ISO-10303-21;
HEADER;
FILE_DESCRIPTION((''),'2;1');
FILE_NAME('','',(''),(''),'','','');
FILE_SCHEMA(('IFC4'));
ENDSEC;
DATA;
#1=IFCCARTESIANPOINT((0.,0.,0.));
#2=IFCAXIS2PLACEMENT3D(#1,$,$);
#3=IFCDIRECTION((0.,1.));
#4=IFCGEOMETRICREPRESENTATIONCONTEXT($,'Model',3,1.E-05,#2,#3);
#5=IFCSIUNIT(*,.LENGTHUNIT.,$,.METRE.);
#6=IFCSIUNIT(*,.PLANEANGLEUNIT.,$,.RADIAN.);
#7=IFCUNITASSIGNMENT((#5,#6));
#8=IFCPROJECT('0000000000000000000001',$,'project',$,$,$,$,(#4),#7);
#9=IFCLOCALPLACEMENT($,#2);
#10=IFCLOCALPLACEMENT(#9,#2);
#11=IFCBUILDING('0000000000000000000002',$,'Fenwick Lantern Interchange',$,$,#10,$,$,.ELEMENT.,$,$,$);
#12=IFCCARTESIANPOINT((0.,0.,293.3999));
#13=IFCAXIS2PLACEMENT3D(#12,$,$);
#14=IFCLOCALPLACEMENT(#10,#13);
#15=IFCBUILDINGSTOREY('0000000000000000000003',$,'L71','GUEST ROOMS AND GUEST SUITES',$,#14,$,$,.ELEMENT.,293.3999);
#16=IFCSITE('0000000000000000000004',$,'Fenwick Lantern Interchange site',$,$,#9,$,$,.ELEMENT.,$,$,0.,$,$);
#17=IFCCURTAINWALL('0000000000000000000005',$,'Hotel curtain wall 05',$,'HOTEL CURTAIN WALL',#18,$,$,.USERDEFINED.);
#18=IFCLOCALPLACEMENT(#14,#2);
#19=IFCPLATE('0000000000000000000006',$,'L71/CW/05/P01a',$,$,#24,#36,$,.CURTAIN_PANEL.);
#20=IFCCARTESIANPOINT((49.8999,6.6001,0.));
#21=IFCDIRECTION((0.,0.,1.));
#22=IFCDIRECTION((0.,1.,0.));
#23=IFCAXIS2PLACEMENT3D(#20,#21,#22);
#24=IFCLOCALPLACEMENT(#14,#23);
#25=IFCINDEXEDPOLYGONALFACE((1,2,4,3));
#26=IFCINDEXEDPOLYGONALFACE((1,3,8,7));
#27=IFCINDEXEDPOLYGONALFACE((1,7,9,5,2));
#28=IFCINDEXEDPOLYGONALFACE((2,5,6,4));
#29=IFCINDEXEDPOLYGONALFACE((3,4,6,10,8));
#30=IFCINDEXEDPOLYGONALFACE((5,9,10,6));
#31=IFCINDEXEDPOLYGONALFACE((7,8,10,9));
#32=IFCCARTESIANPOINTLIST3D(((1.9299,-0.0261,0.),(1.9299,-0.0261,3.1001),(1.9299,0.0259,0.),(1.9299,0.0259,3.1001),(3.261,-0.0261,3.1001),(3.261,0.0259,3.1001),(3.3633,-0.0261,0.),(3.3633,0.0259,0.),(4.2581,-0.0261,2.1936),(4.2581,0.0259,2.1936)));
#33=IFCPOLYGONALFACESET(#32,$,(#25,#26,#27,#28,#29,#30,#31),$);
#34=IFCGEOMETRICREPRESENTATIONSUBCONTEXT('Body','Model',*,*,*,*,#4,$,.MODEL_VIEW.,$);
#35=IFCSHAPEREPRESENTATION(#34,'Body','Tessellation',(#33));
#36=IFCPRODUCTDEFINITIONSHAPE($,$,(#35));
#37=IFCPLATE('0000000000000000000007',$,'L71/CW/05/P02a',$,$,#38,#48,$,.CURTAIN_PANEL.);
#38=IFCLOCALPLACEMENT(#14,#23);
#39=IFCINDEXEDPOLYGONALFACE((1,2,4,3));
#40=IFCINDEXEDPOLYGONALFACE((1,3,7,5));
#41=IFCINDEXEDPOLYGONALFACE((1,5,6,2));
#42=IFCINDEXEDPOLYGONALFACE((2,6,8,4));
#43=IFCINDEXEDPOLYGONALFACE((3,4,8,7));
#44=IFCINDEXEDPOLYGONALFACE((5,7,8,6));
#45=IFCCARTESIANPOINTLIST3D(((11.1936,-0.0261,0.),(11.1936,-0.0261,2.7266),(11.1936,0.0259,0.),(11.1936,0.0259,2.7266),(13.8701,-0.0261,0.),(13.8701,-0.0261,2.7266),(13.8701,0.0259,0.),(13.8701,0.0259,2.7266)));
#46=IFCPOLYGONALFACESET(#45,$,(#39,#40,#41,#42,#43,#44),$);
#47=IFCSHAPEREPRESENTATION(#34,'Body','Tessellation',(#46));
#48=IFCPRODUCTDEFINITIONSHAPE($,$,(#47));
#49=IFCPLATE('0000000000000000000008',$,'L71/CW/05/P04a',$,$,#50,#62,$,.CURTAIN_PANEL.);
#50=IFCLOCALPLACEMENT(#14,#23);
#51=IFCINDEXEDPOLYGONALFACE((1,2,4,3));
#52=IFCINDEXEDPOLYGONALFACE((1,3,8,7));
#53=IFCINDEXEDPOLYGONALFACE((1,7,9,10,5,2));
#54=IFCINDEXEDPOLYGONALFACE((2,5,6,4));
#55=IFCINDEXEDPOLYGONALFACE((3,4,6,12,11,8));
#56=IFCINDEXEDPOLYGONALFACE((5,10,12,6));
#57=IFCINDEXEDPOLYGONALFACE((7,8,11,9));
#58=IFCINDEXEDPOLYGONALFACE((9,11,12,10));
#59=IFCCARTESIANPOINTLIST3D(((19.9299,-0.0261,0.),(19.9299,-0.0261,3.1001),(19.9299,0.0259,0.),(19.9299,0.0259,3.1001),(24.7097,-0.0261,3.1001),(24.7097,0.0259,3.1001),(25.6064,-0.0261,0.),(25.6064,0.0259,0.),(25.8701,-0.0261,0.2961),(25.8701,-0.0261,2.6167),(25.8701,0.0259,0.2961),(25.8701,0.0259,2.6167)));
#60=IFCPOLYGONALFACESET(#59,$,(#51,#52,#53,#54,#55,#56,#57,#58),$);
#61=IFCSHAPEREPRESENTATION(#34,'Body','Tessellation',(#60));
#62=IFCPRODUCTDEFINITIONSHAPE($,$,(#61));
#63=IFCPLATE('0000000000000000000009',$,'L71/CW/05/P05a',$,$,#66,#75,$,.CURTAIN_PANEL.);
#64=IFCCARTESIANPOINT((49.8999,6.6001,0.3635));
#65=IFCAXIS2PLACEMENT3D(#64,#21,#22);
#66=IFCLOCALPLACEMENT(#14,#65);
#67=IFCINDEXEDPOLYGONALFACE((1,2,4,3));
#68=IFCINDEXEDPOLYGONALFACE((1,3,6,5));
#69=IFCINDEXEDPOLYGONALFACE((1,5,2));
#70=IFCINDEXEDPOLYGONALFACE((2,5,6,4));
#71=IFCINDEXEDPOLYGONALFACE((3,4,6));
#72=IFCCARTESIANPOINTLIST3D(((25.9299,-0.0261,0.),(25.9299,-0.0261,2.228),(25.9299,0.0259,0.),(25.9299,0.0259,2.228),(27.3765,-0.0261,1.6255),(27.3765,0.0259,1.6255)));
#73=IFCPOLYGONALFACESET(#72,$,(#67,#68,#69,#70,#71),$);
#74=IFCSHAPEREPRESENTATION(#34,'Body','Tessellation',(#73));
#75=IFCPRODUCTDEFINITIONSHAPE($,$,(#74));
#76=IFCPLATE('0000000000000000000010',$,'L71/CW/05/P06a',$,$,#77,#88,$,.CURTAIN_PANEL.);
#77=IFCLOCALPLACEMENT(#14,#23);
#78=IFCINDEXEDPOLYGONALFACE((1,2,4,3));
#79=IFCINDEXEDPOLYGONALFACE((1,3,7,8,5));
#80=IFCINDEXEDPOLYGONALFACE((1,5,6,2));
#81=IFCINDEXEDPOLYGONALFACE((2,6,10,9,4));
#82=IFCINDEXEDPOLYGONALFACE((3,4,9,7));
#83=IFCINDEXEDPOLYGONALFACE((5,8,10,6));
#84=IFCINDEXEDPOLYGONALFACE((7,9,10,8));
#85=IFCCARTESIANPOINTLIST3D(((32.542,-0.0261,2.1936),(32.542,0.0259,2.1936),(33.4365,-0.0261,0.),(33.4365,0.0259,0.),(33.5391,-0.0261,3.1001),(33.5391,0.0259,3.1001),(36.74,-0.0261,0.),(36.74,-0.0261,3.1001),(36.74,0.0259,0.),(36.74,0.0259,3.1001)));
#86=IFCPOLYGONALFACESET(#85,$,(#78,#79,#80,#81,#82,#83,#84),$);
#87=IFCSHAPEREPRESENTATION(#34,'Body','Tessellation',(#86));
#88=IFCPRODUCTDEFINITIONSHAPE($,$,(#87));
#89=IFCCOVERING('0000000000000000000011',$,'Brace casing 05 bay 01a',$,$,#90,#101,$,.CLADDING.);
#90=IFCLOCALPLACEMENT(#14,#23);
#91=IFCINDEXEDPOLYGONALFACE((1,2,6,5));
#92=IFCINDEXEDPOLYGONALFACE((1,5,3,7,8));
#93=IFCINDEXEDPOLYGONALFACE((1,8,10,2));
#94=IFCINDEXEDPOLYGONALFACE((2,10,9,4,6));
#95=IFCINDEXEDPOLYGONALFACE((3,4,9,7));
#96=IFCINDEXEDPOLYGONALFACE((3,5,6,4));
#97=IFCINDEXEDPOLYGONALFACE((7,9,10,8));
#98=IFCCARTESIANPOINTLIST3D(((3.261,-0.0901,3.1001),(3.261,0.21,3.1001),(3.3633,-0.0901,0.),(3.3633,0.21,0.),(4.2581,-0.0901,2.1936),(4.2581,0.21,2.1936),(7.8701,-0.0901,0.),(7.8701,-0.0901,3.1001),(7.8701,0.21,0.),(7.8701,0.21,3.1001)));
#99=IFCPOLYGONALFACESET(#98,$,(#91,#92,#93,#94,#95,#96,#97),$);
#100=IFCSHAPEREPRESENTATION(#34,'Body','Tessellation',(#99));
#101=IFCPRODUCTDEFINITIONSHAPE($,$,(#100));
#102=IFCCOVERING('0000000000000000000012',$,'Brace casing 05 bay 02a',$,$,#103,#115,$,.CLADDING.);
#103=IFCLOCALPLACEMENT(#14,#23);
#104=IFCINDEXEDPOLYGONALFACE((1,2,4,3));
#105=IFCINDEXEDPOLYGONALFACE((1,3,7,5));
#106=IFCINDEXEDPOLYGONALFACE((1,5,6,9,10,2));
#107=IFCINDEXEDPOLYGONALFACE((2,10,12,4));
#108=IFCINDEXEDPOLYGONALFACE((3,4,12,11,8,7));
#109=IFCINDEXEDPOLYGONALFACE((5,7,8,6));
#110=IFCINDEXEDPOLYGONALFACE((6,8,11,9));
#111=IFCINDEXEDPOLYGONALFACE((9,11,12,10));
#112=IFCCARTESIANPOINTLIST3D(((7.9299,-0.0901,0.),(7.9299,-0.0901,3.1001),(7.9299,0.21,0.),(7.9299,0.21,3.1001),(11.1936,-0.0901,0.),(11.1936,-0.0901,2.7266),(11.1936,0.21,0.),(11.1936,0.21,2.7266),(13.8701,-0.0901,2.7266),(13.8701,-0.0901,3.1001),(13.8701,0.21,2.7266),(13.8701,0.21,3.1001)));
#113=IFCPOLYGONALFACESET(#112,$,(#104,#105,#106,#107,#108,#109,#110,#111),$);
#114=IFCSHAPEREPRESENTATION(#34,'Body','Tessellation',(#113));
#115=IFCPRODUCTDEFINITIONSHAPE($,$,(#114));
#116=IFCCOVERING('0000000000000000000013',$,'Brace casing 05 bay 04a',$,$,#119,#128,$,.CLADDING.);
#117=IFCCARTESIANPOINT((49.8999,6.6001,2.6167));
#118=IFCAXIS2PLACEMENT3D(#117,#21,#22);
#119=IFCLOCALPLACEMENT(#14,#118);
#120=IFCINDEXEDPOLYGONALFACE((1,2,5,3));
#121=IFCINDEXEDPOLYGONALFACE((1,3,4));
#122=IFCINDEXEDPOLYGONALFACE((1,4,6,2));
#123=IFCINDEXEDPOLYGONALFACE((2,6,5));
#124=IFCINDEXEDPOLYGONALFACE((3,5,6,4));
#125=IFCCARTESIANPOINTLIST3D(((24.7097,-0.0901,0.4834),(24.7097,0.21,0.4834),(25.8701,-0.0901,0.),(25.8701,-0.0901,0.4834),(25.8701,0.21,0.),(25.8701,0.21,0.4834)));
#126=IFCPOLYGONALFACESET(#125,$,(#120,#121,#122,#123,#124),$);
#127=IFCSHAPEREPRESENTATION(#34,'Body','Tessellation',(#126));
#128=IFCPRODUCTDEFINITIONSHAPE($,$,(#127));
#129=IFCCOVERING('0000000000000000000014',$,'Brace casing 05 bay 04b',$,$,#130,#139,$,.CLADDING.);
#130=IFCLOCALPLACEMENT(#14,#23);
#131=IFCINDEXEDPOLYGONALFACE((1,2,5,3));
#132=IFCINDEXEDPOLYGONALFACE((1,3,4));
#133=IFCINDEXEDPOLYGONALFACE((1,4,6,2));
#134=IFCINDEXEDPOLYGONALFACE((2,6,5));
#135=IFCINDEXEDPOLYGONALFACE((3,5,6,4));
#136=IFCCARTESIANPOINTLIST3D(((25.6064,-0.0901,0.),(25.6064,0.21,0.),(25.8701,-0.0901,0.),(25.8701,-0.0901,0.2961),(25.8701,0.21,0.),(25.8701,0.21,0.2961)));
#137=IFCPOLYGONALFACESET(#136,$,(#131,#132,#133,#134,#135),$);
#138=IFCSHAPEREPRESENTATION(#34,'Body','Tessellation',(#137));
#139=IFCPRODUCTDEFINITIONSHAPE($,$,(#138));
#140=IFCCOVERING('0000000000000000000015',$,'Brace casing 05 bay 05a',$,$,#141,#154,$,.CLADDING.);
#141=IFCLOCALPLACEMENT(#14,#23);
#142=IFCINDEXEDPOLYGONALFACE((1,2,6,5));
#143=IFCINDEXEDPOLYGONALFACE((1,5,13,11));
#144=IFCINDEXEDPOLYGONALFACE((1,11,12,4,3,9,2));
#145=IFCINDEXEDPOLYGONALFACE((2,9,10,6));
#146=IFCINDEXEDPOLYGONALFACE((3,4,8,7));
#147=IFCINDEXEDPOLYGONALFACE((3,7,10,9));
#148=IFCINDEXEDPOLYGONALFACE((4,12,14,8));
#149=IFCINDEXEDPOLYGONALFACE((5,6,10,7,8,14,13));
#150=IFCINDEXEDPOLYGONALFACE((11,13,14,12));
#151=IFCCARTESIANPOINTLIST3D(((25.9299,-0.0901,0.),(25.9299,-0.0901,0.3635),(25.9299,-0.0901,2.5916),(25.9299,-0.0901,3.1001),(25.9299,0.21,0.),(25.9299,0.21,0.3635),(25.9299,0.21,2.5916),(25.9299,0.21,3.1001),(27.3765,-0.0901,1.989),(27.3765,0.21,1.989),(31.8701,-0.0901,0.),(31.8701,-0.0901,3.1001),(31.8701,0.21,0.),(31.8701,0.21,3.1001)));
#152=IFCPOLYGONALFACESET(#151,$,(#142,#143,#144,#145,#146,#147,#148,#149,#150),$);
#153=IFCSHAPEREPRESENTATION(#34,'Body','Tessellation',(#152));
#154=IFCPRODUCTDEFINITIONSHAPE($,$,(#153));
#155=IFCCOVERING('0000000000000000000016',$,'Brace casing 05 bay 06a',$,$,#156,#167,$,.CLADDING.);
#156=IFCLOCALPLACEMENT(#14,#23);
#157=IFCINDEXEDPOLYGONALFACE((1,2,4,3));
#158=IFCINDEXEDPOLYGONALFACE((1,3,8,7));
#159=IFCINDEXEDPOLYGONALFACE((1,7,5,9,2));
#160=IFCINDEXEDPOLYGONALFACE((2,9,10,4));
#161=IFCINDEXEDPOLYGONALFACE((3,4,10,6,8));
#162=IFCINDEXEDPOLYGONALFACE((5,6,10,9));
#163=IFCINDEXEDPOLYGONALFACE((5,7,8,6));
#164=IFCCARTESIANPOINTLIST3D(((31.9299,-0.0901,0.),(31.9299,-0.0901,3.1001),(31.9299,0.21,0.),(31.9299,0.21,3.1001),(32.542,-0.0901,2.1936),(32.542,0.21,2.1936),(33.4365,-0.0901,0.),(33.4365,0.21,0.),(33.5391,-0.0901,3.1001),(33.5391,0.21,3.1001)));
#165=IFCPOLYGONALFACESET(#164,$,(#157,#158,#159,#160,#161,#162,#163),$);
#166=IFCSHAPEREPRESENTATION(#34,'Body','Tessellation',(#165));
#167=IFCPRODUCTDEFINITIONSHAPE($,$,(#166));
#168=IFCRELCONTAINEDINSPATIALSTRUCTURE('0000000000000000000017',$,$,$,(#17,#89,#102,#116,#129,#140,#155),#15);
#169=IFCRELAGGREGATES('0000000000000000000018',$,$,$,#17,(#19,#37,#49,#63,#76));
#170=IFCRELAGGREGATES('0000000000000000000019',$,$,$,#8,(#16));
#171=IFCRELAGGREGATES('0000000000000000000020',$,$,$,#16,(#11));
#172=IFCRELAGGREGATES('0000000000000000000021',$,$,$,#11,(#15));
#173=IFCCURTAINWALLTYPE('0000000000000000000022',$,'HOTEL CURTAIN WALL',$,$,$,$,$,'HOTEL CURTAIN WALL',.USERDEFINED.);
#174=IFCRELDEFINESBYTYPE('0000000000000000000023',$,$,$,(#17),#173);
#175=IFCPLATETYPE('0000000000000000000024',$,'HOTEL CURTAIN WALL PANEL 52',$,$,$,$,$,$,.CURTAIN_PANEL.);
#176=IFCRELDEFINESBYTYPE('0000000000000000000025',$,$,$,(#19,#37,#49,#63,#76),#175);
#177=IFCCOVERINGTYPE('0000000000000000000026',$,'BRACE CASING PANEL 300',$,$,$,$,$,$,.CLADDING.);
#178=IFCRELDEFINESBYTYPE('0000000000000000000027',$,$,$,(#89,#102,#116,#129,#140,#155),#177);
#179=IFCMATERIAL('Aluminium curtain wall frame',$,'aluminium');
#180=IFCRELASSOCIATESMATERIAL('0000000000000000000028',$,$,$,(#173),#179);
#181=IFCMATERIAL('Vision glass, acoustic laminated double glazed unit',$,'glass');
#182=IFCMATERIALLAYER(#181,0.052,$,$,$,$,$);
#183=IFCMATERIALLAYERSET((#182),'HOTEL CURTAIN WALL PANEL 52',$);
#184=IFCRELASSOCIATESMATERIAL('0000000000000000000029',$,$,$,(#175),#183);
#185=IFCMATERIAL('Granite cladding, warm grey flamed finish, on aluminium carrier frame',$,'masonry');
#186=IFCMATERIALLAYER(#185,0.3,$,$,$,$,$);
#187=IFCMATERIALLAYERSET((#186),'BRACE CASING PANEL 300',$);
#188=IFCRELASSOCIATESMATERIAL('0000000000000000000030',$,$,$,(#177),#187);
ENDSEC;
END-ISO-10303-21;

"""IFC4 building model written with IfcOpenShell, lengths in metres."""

from ifc_helpers import new_model, si_unit, direction, frame, origin, place, context, subcontext, project, spatial, polyline, outline, extrude, material, layer, layer_set, type_object, element, aggregate, save


model = new_model("IFC4")

# Units and contexts
model_context = context("Model", 3, precision=1e-05, world=origin(), true_north=direction((0.0, 1.0)))
body_context = subcontext(model_context, "Body", "Model", "MODEL_VIEW")
ifc_project = project(units=[si_unit("LENGTHUNIT", "METRE"), si_unit("PLANEANGLEUNIT", "RADIAN")], contexts=[model_context])

# Site, building, storey
site_placement = place(None, origin())
site = spatial("IfcSite", under=ifc_project, at=site_placement, Name="Fenwick Lantern Interchange site", CompositionType="ELEMENT", RefElevation=0.0)
building_placement = place(site_placement, origin())
building = spatial("IfcBuilding", under=site, at=building_placement, Name="Fenwick Lantern Interchange", CompositionType="ELEMENT")
storey_placement = place(building_placement, frame((0.0, 0.0, 293.3999)))
storey = spatial("IfcBuildingStorey", under=building, at=storey_placement, Name="L71", Description="GUEST ROOMS AND GUEST SUITES", CompositionType="ELEMENT", Elevation=293.3999)

# Shared definitions
ifc_material_1 = material(Name="Aluminium curtain wall frame", Category="aluminium")
curtain_wall_type = type_object("IfcCurtainWallType", Name="HOTEL CURTAIN WALL", ElementType="HOTEL CURTAIN WALL", PredefinedType="USERDEFINED", material=ifc_material_1)

# Curtain wall
curtain_wall_1_placement = place(storey_placement, origin())
curtain_wall_1 = element("IfcCurtainWall", 1, at=curtain_wall_1_placement, inside=storey, type_object=curtain_wall_type, Name="Hotel curtain wall 05", ObjectType="HOTEL CURTAIN WALL", PredefinedType="USERDEFINED")

# Plates
ifc_material_2 = material(Name="Vision glass, acoustic laminated double glazed unit", Category="glass")
ifc_layer_1 = layer(ifc_material_2, 0.052)
ifc_layer_set_1 = layer_set([ifc_layer_1], Name="HOTEL CURTAIN WALL PANEL 52")
plate_type = type_object("IfcPlateType", Name="HOTEL CURTAIN WALL PANEL 52", PredefinedType="CURTAIN_PANEL", material=ifc_layer_set_1)
plate_1_placement = place(storey_placement, frame((49.8999, 6.6001, 0.0), z_axis=(0.0, 0.0, 1.0), x_axis=(0.0, 1.0, 0.0)))
plate_1 = element("IfcPlate", 2, at=plate_1_placement, type_object=plate_type, Name="L71/CW/05/P01a", PredefinedType="CURTAIN_PANEL", context=body_context, shape_type="SweptSolid", body=[
    extrude(outline(polyline([(1.9299, 0.0), (3.3633, 0.0), (4.2581, 2.1936), (3.261, 3.1001), (1.9299, 3.1001), (1.9299, 0.0)])), frame((0.0, 0.0259, 0.0), z_axis=(0.0, -1.0, 0.0), x_axis=(1.0, 0.0, 0.0)), (0.0, 0.0, 1.0), 0.052),
])
plate_2_placement = place(storey_placement, frame((49.8999, 6.6001, 0.0), z_axis=(0.0, 0.0, 1.0), x_axis=(0.0, 1.0, 0.0)))
plate_2 = element("IfcPlate", 3, at=plate_2_placement, type_object=plate_type, Name="L71/CW/05/P02a", PredefinedType="CURTAIN_PANEL", context=body_context, shape_type="SweptSolid", body=[
    extrude(outline(polyline([(11.1936, 0.0), (13.8701, 0.0), (13.8701, 2.7266), (11.1936, 2.7266), (11.1936, 0.0)])), frame((0.0, 0.0259, 0.0), z_axis=(0.0, -1.0, 0.0), x_axis=(1.0, 0.0, 0.0)), (0.0, 0.0, 1.0), 0.052),
])
plate_3_placement = place(storey_placement, frame((49.8999, 6.6001, 0.0), z_axis=(0.0, 0.0, 1.0), x_axis=(0.0, 1.0, 0.0)))
plate_3 = element("IfcPlate", 4, at=plate_3_placement, type_object=plate_type, Name="L71/CW/05/P04a", PredefinedType="CURTAIN_PANEL", context=body_context, shape_type="SweptSolid", body=[
    extrude(outline(polyline([(19.9299, 0.0), (25.6064, 0.0), (25.8701, 0.2961), (25.8701, 2.6167), (24.7097, 3.1001), (19.9299, 3.1001), (19.9299, 0.0)])), frame((0.0, 0.0259, 0.0), z_axis=(0.0, -1.0, 0.0), x_axis=(1.0, 0.0, 0.0)), (0.0, 0.0, 1.0), 0.052),
])
plate_4_placement = place(storey_placement, frame((49.8999, 6.6001, 0.3635), z_axis=(0.0, 0.0, 1.0), x_axis=(0.0, 1.0, 0.0)))
plate_4 = element("IfcPlate", 5, at=plate_4_placement, type_object=plate_type, Name="L71/CW/05/P05a", PredefinedType="CURTAIN_PANEL", context=body_context, shape_type="SweptSolid", body=[
    extrude(outline(polyline([(25.9299, 0.0), (27.3765, 1.6255), (25.9299, 2.228), (25.9299, 0.0)])), frame((0.0, 0.0259, 0.0), z_axis=(0.0, -1.0, 0.0), x_axis=(1.0, 0.0, 0.0)), (0.0, 0.0, 1.0), 0.052),
])
plate_5_placement = place(storey_placement, frame((49.8999, 6.6001, 0.0), z_axis=(0.0, 0.0, 1.0), x_axis=(0.0, 1.0, 0.0)))
plate_5 = element("IfcPlate", 6, at=plate_5_placement, type_object=plate_type, Name="L71/CW/05/P06a", PredefinedType="CURTAIN_PANEL", context=body_context, shape_type="SweptSolid", body=[
    extrude(outline(polyline([(33.4365, 0.0), (36.74, 0.0), (36.74, 3.1001), (33.5391, 3.1001), (32.542, 2.1936), (33.4365, 0.0)])), frame((0.0, 0.0259, 0.0), z_axis=(0.0, -1.0, 0.0), x_axis=(1.0, 0.0, 0.0)), (0.0, 0.0, 1.0), 0.052),
])
aggregate(curtain_wall_1, [plate_1, plate_2, plate_3, plate_4, plate_5])

# Coverings
ifc_material_3 = material(Name="Granite cladding, warm grey flamed finish, on aluminium carrier frame", Category="masonry")
ifc_layer_2 = layer(ifc_material_3, 0.3)
ifc_layer_set_2 = layer_set([ifc_layer_2], Name="BRACE CASING PANEL 300")
covering_type = type_object("IfcCoveringType", Name="BRACE CASING PANEL 300", PredefinedType="CLADDING", material=ifc_layer_set_2)
covering_1_placement = place(storey_placement, frame((49.8999, 6.6001, 0.0), z_axis=(0.0, 0.0, 1.0), x_axis=(0.0, 1.0, 0.0)))
element("IfcCovering", 7, at=covering_1_placement, inside=storey, type_object=covering_type, Name="Brace casing 05 bay 01a", PredefinedType="CLADDING", context=body_context, shape_type="SweptSolid", body=[
    extrude(outline(polyline([(3.3633, 0.0), (7.8701, 0.0), (7.8701, 3.1001), (3.261, 3.1001), (4.2581, 2.1936), (3.3633, 0.0)])), frame((0.0, 0.21, 0.0), z_axis=(0.0, -1.0, 0.0), x_axis=(1.0, 0.0, 0.0)), (0.0, 0.0, 1.0), 0.3),
])
covering_2_placement = place(storey_placement, frame((49.8999, 6.6001, 0.0), z_axis=(0.0, 0.0, 1.0), x_axis=(0.0, 1.0, 0.0)))
element("IfcCovering", 8, at=covering_2_placement, inside=storey, type_object=covering_type, Name="Brace casing 05 bay 02a", PredefinedType="CLADDING", context=body_context, shape_type="SweptSolid", body=[
    extrude(outline(polyline([(7.9299, 0.0), (11.1936, 0.0), (11.1936, 2.7266), (13.8701, 2.7266), (13.8701, 3.1001), (7.9299, 3.1001), (7.9299, 0.0)])), frame((0.0, 0.21, 0.0), z_axis=(0.0, -1.0, 0.0), x_axis=(1.0, 0.0, 0.0)), (0.0, 0.0, 1.0), 0.3),
])
covering_3_placement = place(storey_placement, frame((49.8999, 6.6001, 2.6167), z_axis=(0.0, 0.0, 1.0), x_axis=(0.0, 1.0, 0.0)))
element("IfcCovering", 9, at=covering_3_placement, inside=storey, type_object=covering_type, Name="Brace casing 05 bay 04a", PredefinedType="CLADDING", context=body_context, shape_type="SweptSolid", body=[
    extrude(outline(polyline([(25.8701, 0.0), (25.8701, 0.4834), (24.7097, 0.4834), (25.8701, 0.0)])), frame((0.0, 0.21, 0.0), z_axis=(0.0, -1.0, 0.0), x_axis=(1.0, 0.0, 0.0)), (0.0, 0.0, 1.0), 0.3),
])
covering_4_placement = place(storey_placement, frame((49.8999, 6.6001, 0.0), z_axis=(0.0, 0.0, 1.0), x_axis=(0.0, 1.0, 0.0)))
element("IfcCovering", 10, at=covering_4_placement, inside=storey, type_object=covering_type, Name="Brace casing 05 bay 04b", PredefinedType="CLADDING", context=body_context, shape_type="SweptSolid", body=[
    extrude(outline(polyline([(25.6064, 0.0), (25.8701, 0.0), (25.8701, 0.2961), (25.6064, 0.0)])), frame((0.0, 0.21, 0.0), z_axis=(0.0, -1.0, 0.0), x_axis=(1.0, 0.0, 0.0)), (0.0, 0.0, 1.0), 0.3),
])
covering_5_placement = place(storey_placement, frame((49.8999, 6.6001, 0.0), z_axis=(0.0, 0.0, 1.0), x_axis=(0.0, 1.0, 0.0)))
element("IfcCovering", 11, at=covering_5_placement, inside=storey, type_object=covering_type, Name="Brace casing 05 bay 05a", PredefinedType="CLADDING", context=body_context, shape_type="SweptSolid", body=[
    extrude(outline(polyline([(25.9299, 0.0), (31.8701, 0.0), (31.8701, 3.1001), (25.9299, 3.1001), (25.9299, 2.5916), (27.3765, 1.989), (25.9299, 0.3635), (25.9299, 0.0)])), frame((0.0, 0.21, 0.0), z_axis=(0.0, -1.0, 0.0), x_axis=(1.0, 0.0, 0.0)), (0.0, 0.0, 1.0), 0.3),
])
covering_6_placement = place(storey_placement, frame((49.8999, 6.6001, 0.0), z_axis=(0.0, 0.0, 1.0), x_axis=(0.0, 1.0, 0.0)))
element("IfcCovering", 12, at=covering_6_placement, inside=storey, type_object=covering_type, Name="Brace casing 05 bay 06a", PredefinedType="CLADDING", context=body_context, shape_type="SweptSolid", body=[
    extrude(outline(polyline([(31.9299, 0.0), (33.4365, 0.0), (32.542, 2.1936), (33.5391, 3.1001), (31.9299, 3.1001), (31.9299, 0.0)])), frame((0.0, 0.21, 0.0), z_axis=(0.0, -1.0, 0.0), x_axis=(1.0, 0.0, 0.0)), (0.0, 0.0, 1.0), 0.3),
])

save(model, "model.ifc")
